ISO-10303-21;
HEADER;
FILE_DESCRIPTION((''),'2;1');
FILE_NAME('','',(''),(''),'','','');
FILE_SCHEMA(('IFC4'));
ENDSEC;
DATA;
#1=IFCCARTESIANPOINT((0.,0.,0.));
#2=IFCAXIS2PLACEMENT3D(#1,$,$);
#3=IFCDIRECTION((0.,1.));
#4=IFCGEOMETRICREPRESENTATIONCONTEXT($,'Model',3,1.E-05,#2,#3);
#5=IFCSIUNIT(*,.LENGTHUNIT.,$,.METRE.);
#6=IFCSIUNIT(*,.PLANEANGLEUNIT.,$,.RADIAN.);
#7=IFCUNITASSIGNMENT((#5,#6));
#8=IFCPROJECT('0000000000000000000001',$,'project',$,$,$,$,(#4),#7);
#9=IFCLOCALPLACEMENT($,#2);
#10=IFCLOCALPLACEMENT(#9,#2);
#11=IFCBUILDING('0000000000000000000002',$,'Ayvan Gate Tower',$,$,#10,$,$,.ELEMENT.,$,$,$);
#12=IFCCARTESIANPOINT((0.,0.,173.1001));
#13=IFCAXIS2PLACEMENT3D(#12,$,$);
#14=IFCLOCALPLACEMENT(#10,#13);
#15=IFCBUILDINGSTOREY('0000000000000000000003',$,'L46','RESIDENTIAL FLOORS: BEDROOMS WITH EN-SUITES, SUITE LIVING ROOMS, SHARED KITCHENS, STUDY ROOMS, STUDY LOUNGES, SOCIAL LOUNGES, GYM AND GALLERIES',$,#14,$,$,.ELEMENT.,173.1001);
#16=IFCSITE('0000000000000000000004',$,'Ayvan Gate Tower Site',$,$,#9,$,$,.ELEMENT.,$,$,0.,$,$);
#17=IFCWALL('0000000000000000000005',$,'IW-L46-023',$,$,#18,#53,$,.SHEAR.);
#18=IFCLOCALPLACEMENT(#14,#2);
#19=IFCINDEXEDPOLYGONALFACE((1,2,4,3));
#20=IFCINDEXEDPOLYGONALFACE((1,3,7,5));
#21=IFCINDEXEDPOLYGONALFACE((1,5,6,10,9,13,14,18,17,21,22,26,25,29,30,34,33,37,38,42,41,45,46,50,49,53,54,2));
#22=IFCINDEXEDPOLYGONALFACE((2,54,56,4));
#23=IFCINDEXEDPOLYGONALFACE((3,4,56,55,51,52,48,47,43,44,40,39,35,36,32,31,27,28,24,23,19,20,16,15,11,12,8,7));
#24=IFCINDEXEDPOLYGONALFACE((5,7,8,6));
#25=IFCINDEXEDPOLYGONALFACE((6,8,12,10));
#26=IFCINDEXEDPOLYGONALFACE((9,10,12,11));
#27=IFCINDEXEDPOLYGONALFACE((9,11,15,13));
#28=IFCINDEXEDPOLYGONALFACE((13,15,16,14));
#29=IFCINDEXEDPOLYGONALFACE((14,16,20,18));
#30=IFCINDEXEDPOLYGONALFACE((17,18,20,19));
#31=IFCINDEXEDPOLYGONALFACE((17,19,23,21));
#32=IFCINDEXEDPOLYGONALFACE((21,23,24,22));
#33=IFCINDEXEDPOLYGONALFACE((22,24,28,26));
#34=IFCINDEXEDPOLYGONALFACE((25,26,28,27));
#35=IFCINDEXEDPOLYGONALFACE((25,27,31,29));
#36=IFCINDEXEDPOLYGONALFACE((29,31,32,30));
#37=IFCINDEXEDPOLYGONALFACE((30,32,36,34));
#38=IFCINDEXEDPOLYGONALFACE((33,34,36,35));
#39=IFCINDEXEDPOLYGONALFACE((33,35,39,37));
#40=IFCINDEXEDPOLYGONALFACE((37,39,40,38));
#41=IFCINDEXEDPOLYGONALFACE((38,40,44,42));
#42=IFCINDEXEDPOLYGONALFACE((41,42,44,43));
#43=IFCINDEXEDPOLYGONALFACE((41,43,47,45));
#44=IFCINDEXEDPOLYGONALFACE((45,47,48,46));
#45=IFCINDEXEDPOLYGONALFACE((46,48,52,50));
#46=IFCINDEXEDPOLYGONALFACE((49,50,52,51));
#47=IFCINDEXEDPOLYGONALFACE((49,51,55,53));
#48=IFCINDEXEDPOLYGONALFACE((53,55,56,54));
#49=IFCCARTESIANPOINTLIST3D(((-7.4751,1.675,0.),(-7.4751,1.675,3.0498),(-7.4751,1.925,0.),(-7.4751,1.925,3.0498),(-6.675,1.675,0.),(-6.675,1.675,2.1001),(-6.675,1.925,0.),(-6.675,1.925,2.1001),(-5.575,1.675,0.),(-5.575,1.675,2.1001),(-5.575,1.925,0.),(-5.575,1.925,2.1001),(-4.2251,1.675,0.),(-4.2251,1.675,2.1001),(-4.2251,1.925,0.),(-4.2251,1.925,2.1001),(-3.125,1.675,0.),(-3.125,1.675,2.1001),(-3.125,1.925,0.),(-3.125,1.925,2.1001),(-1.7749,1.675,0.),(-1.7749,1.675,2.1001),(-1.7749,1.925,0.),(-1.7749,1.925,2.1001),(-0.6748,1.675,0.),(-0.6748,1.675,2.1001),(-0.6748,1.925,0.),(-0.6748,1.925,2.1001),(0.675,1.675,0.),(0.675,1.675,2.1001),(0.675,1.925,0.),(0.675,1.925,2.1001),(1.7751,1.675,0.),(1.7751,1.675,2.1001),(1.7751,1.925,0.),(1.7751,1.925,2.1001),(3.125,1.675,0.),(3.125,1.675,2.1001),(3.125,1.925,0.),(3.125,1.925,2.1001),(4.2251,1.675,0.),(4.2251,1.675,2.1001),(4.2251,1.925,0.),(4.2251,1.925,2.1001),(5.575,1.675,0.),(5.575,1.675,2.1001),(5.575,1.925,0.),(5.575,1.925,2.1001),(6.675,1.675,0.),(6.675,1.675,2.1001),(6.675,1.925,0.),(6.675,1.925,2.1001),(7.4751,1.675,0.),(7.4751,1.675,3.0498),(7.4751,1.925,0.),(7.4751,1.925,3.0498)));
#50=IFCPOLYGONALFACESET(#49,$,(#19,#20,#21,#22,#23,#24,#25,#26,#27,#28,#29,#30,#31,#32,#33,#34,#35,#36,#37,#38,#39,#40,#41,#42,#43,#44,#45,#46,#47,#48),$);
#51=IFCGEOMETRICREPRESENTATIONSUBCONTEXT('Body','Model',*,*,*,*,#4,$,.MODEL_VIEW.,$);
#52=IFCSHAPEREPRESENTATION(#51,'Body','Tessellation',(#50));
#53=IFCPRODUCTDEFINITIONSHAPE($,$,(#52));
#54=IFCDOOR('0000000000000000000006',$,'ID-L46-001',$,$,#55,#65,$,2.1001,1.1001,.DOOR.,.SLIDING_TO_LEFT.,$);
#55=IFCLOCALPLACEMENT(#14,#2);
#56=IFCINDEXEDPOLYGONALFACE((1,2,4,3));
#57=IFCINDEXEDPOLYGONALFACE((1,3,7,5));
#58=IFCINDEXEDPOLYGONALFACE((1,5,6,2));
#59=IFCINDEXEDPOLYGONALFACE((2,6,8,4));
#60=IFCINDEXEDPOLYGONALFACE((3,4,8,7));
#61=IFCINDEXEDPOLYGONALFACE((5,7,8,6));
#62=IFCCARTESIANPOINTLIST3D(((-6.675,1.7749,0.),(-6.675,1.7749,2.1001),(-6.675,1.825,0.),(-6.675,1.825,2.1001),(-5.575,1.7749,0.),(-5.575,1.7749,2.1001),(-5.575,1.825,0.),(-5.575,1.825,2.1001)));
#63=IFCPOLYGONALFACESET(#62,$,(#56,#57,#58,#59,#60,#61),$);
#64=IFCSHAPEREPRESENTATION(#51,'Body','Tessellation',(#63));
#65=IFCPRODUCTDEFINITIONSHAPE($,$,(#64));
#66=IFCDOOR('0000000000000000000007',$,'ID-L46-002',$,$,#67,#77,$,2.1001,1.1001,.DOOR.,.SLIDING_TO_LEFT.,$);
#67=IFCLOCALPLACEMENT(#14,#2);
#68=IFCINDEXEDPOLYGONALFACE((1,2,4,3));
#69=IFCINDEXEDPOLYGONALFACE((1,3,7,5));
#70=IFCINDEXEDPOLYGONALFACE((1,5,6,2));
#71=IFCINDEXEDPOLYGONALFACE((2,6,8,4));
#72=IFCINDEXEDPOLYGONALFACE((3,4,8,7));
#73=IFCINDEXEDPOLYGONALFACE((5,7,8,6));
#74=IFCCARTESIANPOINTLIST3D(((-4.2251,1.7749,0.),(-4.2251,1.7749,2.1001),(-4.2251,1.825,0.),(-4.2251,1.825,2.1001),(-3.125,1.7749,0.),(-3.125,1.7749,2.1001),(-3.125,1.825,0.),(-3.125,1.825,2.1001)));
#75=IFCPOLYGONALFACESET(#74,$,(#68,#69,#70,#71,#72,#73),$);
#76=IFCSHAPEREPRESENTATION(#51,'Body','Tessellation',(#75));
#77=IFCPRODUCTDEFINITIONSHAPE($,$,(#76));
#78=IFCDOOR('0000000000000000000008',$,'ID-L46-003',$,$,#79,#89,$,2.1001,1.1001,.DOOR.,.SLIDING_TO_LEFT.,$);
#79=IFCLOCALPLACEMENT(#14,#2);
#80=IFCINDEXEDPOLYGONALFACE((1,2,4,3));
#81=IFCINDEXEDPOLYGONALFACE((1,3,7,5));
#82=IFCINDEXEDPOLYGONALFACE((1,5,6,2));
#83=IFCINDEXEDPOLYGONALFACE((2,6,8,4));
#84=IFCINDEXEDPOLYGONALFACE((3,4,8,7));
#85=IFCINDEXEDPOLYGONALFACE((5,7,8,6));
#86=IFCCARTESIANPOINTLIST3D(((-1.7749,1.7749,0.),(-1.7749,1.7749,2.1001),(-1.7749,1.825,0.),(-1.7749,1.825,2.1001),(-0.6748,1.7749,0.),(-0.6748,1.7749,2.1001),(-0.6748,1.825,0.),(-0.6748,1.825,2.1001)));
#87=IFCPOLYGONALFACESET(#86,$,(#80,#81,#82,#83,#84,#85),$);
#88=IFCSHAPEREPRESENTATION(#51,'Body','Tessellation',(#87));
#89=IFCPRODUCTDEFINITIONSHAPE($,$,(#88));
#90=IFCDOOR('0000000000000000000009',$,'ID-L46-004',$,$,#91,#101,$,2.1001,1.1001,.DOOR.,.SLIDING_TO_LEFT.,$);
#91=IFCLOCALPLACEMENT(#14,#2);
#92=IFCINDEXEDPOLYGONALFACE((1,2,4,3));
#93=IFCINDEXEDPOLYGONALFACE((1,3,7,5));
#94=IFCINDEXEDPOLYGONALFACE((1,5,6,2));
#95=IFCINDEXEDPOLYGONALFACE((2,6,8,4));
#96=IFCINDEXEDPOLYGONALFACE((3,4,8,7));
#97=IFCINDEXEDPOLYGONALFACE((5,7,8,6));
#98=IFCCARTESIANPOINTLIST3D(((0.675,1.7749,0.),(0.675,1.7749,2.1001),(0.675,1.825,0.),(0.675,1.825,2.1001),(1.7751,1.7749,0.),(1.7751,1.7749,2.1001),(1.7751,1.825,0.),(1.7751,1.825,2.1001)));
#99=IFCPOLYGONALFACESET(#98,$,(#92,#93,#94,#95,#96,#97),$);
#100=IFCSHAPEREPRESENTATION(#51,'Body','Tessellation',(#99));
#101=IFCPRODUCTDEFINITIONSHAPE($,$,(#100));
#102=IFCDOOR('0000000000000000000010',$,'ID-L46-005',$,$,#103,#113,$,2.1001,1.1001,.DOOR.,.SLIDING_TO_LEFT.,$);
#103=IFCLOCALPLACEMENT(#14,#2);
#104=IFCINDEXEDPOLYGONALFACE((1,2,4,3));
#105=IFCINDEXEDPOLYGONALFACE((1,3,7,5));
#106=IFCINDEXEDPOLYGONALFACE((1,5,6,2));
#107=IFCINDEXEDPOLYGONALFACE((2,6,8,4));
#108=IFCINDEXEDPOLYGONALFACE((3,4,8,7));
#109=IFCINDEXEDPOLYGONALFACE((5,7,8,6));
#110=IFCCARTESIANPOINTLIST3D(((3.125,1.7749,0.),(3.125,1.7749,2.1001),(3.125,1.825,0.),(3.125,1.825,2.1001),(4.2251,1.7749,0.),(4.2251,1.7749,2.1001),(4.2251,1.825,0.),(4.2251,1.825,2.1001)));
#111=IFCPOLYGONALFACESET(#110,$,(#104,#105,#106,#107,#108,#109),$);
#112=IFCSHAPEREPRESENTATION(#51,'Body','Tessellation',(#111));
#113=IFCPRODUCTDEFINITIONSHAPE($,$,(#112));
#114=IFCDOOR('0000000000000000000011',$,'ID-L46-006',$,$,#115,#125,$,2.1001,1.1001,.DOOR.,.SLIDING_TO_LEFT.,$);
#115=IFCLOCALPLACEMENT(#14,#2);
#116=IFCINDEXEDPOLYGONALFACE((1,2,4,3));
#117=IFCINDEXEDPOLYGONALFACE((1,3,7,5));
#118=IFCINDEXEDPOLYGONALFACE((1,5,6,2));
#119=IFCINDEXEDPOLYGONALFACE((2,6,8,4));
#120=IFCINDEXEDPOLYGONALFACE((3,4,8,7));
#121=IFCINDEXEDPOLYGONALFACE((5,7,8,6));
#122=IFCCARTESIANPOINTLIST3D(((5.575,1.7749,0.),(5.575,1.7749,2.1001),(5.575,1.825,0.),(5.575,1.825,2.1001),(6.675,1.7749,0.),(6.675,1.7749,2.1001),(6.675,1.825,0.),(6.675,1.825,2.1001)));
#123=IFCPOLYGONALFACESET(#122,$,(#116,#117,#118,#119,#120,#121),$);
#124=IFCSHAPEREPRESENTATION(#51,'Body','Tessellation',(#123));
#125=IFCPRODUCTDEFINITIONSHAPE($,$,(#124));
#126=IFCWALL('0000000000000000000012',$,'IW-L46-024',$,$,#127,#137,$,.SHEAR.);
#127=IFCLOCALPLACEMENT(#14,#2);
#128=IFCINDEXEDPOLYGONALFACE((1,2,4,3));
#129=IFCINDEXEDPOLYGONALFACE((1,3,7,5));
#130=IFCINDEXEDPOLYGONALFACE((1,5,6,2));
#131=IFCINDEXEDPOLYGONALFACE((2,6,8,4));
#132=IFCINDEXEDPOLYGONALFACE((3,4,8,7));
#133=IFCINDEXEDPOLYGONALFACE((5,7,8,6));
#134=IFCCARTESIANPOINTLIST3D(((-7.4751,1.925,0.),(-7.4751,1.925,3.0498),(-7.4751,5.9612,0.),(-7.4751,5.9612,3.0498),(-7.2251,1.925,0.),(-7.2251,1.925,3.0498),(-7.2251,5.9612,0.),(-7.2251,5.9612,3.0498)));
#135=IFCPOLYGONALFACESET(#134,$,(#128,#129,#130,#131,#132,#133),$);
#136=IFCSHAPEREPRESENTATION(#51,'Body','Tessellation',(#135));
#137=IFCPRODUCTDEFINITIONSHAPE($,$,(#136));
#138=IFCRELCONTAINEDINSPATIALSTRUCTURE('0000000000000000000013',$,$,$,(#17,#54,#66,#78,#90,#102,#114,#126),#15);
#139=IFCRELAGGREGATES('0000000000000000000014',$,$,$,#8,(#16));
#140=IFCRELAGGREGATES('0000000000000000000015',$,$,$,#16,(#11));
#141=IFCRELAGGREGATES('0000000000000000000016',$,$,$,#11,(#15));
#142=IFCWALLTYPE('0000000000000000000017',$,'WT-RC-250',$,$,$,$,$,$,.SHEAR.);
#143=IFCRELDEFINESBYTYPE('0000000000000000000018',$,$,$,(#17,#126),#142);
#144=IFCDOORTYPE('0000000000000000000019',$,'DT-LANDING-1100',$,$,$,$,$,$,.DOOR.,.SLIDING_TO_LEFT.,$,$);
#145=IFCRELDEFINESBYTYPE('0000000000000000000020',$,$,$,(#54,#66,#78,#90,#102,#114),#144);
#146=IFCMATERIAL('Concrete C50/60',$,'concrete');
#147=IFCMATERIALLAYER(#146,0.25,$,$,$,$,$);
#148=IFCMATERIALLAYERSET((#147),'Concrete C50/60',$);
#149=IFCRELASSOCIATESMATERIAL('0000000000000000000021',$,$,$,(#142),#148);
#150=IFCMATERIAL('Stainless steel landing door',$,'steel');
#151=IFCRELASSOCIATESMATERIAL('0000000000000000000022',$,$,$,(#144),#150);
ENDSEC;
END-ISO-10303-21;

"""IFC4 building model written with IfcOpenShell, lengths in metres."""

from ifc_helpers import new_model, si_unit, direction, frame, frame_2d, origin, place, context, subcontext, project, spatial, rectangle, extrude, material, layer, layer_set, type_object, element, fill, save


model = new_model("IFC4")

# Units and contexts
model_context = context("Model", 3, precision=1e-05, world=origin(), true_north=direction((0.0, 1.0)))
body_context = subcontext(model_context, "Body", "Model", "MODEL_VIEW")
ifc_project = project(units=[si_unit("LENGTHUNIT", "METRE"), si_unit("PLANEANGLEUNIT", "RADIAN")], contexts=[model_context])

# Site, building, storey
site_placement = place(None, origin())
site = spatial("IfcSite", under=ifc_project, at=site_placement, Name="Ayvan Gate Tower Site", CompositionType="ELEMENT", RefElevation=0.0)
building_placement = place(site_placement, origin())
building = spatial("IfcBuilding", under=site, at=building_placement, Name="Ayvan Gate Tower", CompositionType="ELEMENT")
storey_placement = place(building_placement, frame((0.0, 0.0, 173.1001)))
storey = spatial("IfcBuildingStorey", under=building, at=storey_placement, Name="L46", Description="RESIDENTIAL FLOORS: BEDROOMS WITH EN-SUITES, SUITE LIVING ROOMS, SHARED KITCHENS, STUDY ROOMS, STUDY LOUNGES, SOCIAL LOUNGES, GYM AND GALLERIES", CompositionType="ELEMENT", Elevation=173.1001)

# Wall, openings, doors
ifc_material_1 = material(Name="Concrete C50/60", Category="concrete")
ifc_layer_1 = layer(ifc_material_1, 0.25)
ifc_layer_set_1 = layer_set([ifc_layer_1], Name="Concrete C50/60")
wall_type_1 = type_object("IfcWallType", Name="WT-RC-250", PredefinedType="SHEAR", material=ifc_layer_set_1)
wall_1_placement = place(storey_placement, frame((-7.4751, 1.8, 0.0), z_axis=(0.0, 0.0, 1.0), x_axis=(1.0, 0.0, 0.0)))
wall_1 = element("IfcWall", 1, at=wall_1_placement, inside=storey, type_object=wall_type_1, Name="IW-L46-023", PredefinedType="SHEAR", context=body_context, shape_type="SweptSolid", body=[
    extrude(rectangle(XDim=14.9502, YDim=0.25, at=frame_2d((7.4751, 0.0))), origin(), (0.0, 0.0, 1.0), 3.0498),
])
opening_1_placement = place(wall_1_placement, frame((0.8, 0.0, 0.0)))
opening_1 = element("IfcOpeningElement", 2, at=opening_1_placement, cuts=wall_1, PredefinedType="OPENING", context=body_context, shape_type="SweptSolid", body=[
    extrude(rectangle(XDim=1.1001, YDim=2.1001, at=frame_2d((0.55, 1.05))), frame((0.0, 0.135, 0.0), z_axis=(0.0, -1.0, 0.0), x_axis=(1.0, 0.0, 0.0)), (0.0, 0.0, 1.0), 0.27),
])
opening_2_placement = place(wall_1_placement, frame((3.25, 0.0, 0.0)))
opening_2 = element("IfcOpeningElement", 3, at=opening_2_placement, cuts=wall_1, PredefinedType="OPENING", context=body_context, shape_type="SweptSolid", body=[
    extrude(rectangle(XDim=1.1001, YDim=2.1001, at=frame_2d((0.55, 1.05))), frame((0.0, 0.135, 0.0), z_axis=(0.0, -1.0, 0.0), x_axis=(1.0, 0.0, 0.0)), (0.0, 0.0, 1.0), 0.27),
])
opening_3_placement = place(wall_1_placement, frame((5.7002, 0.0, 0.0)))
opening_3 = element("IfcOpeningElement", 4, at=opening_3_placement, cuts=wall_1, PredefinedType="OPENING", context=body_context, shape_type="SweptSolid", body=[
    extrude(rectangle(XDim=1.1001, YDim=2.1001, at=frame_2d((0.55, 1.05))), frame((0.0, 0.135, 0.0), z_axis=(0.0, -1.0, 0.0), x_axis=(1.0, 0.0, 0.0)), (0.0, 0.0, 1.0), 0.27),
])
opening_4_placement = place(wall_1_placement, frame((8.1501, 0.0, 0.0)))
opening_4 = element("IfcOpeningElement", 5, at=opening_4_placement, cuts=wall_1, PredefinedType="OPENING", context=body_context, shape_type="SweptSolid", body=[
    extrude(rectangle(XDim=1.1001, YDim=2.1001, at=frame_2d((0.55, 1.05))), frame((0.0, 0.135, 0.0), z_axis=(0.0, -1.0, 0.0), x_axis=(1.0, 0.0, 0.0)), (0.0, 0.0, 1.0), 0.27),
])
opening_5_placement = place(wall_1_placement, frame((10.6001, 0.0, 0.0)))
opening_5 = element("IfcOpeningElement", 6, at=opening_5_placement, cuts=wall_1, PredefinedType="OPENING", context=body_context, shape_type="SweptSolid", body=[
    extrude(rectangle(XDim=1.1001, YDim=2.1001, at=frame_2d((0.55, 1.05))), frame((0.0, 0.135, 0.0), z_axis=(0.0, -1.0, 0.0), x_axis=(1.0, 0.0, 0.0)), (0.0, 0.0, 1.0), 0.27),
])
opening_6_placement = place(wall_1_placement, frame((13.05, 0.0, 0.0)))
opening_6 = element("IfcOpeningElement", 7, at=opening_6_placement, cuts=wall_1, PredefinedType="OPENING", context=body_context, shape_type="SweptSolid", body=[
    extrude(rectangle(XDim=1.1001, YDim=2.1001, at=frame_2d((0.55, 1.05))), frame((0.0, 0.135, 0.0), z_axis=(0.0, -1.0, 0.0), x_axis=(1.0, 0.0, 0.0)), (0.0, 0.0, 1.0), 0.27),
])
ifc_material_2 = material(Name="Stainless steel landing door", Category="steel")
door_type_1 = type_object("IfcDoorType", Name="DT-LANDING-1100", OperationType="SLIDING_TO_LEFT", PredefinedType="DOOR", material=ifc_material_2)
door_1_placement = place(opening_1_placement, origin())
door_1 = element("IfcDoor", 8, at=door_1_placement, inside=storey, type_object=door_type_1, Name="ID-L46-001", OperationType="SLIDING_TO_LEFT", OverallHeight=2.1001, OverallWidth=1.1001, PredefinedType="DOOR", context=body_context, shape_type="SweptSolid", body=[
    extrude(rectangle(XDim=1.1001, YDim=2.1001, at=frame_2d((0.55, 1.05))), frame((0.0, 0.0249, 0.0), z_axis=(0.0, -1.0, 0.0), x_axis=(1.0, 0.0, 0.0)), (0.0, 0.0, 1.0), 0.05),
])
fill(opening_1, door_1)
door_2_placement = place(opening_2_placement, origin())
door_2 = element("IfcDoor", 9, at=door_2_placement, inside=storey, type_object=door_type_1, Name="ID-L46-002", OperationType="SLIDING_TO_LEFT", OverallHeight=2.1001, OverallWidth=1.1001, PredefinedType="DOOR", context=body_context, shape_type="SweptSolid", body=[
    extrude(rectangle(XDim=1.1001, YDim=2.1001, at=frame_2d((0.55, 1.05))), frame((0.0, 0.0249, 0.0), z_axis=(0.0, -1.0, 0.0), x_axis=(1.0, 0.0, 0.0)), (0.0, 0.0, 1.0), 0.05),
])
fill(opening_2, door_2)
door_3_placement = place(opening_3_placement, origin())
door_3 = element("IfcDoor", 10, at=door_3_placement, inside=storey, type_object=door_type_1, Name="ID-L46-003", OperationType="SLIDING_TO_LEFT", OverallHeight=2.1001, OverallWidth=1.1001, PredefinedType="DOOR", context=body_context, shape_type="SweptSolid", body=[
    extrude(rectangle(XDim=1.1001, YDim=2.1001, at=frame_2d((0.55, 1.05))), frame((0.0, 0.0249, 0.0), z_axis=(0.0, -1.0, 0.0), x_axis=(1.0, 0.0, 0.0)), (0.0, 0.0, 1.0), 0.05),
])
fill(opening_3, door_3)
door_4_placement = place(opening_4_placement, origin())
door_4 = element("IfcDoor", 11, at=door_4_placement, inside=storey, type_object=door_type_1, Name="ID-L46-004", OperationType="SLIDING_TO_LEFT", OverallHeight=2.1001, OverallWidth=1.1001, PredefinedType="DOOR", context=body_context, shape_type="SweptSolid", body=[
    extrude(rectangle(XDim=1.1001, YDim=2.1001, at=frame_2d((0.55, 1.05))), frame((0.0, 0.0249, 0.0), z_axis=(0.0, -1.0, 0.0), x_axis=(1.0, 0.0, 0.0)), (0.0, 0.0, 1.0), 0.05),
])
fill(opening_4, door_4)
door_5_placement = place(opening_5_placement, origin())
door_5 = element("IfcDoor", 12, at=door_5_placement, inside=storey, type_object=door_type_1, Name="ID-L46-005", OperationType="SLIDING_TO_LEFT", OverallHeight=2.1001, OverallWidth=1.1001, PredefinedType="DOOR", context=body_context, shape_type="SweptSolid", body=[
    extrude(rectangle(XDim=1.1001, YDim=2.1001, at=frame_2d((0.55, 1.05))), frame((0.0, 0.0249, 0.0), z_axis=(0.0, -1.0, 0.0), x_axis=(1.0, 0.0, 0.0)), (0.0, 0.0, 1.0), 0.05),
])
fill(opening_5, door_5)
door_6_placement = place(opening_6_placement, origin())
door_6 = element("IfcDoor", 13, at=door_6_placement, inside=storey, type_object=door_type_1, Name="ID-L46-006", OperationType="SLIDING_TO_LEFT", OverallHeight=2.1001, OverallWidth=1.1001, PredefinedType="DOOR", context=body_context, shape_type="SweptSolid", body=[
    extrude(rectangle(XDim=1.1001, YDim=2.1001, at=frame_2d((0.55, 1.05))), frame((0.0, 0.0249, 0.0), z_axis=(0.0, -1.0, 0.0), x_axis=(1.0, 0.0, 0.0)), (0.0, 0.0, 1.0), 0.05),
])
fill(opening_6, door_6)

# Wall
wall_2_placement = place(storey_placement, frame((-7.3501, 1.925, 0.0), z_axis=(0.0, 0.0, 1.0), x_axis=(0.0, 1.0, 0.0)))
element("IfcWall", 14, at=wall_2_placement, inside=storey, type_object=wall_type_1, Name="IW-L46-024", PredefinedType="SHEAR", context=body_context, shape_type="SweptSolid", body=[
    extrude(rectangle(XDim=4.0361, YDim=0.25, at=frame_2d((2.0181, 0.0))), origin(), (0.0, 0.0, 1.0), 3.0498),
])

save(model, "model.ifc")
